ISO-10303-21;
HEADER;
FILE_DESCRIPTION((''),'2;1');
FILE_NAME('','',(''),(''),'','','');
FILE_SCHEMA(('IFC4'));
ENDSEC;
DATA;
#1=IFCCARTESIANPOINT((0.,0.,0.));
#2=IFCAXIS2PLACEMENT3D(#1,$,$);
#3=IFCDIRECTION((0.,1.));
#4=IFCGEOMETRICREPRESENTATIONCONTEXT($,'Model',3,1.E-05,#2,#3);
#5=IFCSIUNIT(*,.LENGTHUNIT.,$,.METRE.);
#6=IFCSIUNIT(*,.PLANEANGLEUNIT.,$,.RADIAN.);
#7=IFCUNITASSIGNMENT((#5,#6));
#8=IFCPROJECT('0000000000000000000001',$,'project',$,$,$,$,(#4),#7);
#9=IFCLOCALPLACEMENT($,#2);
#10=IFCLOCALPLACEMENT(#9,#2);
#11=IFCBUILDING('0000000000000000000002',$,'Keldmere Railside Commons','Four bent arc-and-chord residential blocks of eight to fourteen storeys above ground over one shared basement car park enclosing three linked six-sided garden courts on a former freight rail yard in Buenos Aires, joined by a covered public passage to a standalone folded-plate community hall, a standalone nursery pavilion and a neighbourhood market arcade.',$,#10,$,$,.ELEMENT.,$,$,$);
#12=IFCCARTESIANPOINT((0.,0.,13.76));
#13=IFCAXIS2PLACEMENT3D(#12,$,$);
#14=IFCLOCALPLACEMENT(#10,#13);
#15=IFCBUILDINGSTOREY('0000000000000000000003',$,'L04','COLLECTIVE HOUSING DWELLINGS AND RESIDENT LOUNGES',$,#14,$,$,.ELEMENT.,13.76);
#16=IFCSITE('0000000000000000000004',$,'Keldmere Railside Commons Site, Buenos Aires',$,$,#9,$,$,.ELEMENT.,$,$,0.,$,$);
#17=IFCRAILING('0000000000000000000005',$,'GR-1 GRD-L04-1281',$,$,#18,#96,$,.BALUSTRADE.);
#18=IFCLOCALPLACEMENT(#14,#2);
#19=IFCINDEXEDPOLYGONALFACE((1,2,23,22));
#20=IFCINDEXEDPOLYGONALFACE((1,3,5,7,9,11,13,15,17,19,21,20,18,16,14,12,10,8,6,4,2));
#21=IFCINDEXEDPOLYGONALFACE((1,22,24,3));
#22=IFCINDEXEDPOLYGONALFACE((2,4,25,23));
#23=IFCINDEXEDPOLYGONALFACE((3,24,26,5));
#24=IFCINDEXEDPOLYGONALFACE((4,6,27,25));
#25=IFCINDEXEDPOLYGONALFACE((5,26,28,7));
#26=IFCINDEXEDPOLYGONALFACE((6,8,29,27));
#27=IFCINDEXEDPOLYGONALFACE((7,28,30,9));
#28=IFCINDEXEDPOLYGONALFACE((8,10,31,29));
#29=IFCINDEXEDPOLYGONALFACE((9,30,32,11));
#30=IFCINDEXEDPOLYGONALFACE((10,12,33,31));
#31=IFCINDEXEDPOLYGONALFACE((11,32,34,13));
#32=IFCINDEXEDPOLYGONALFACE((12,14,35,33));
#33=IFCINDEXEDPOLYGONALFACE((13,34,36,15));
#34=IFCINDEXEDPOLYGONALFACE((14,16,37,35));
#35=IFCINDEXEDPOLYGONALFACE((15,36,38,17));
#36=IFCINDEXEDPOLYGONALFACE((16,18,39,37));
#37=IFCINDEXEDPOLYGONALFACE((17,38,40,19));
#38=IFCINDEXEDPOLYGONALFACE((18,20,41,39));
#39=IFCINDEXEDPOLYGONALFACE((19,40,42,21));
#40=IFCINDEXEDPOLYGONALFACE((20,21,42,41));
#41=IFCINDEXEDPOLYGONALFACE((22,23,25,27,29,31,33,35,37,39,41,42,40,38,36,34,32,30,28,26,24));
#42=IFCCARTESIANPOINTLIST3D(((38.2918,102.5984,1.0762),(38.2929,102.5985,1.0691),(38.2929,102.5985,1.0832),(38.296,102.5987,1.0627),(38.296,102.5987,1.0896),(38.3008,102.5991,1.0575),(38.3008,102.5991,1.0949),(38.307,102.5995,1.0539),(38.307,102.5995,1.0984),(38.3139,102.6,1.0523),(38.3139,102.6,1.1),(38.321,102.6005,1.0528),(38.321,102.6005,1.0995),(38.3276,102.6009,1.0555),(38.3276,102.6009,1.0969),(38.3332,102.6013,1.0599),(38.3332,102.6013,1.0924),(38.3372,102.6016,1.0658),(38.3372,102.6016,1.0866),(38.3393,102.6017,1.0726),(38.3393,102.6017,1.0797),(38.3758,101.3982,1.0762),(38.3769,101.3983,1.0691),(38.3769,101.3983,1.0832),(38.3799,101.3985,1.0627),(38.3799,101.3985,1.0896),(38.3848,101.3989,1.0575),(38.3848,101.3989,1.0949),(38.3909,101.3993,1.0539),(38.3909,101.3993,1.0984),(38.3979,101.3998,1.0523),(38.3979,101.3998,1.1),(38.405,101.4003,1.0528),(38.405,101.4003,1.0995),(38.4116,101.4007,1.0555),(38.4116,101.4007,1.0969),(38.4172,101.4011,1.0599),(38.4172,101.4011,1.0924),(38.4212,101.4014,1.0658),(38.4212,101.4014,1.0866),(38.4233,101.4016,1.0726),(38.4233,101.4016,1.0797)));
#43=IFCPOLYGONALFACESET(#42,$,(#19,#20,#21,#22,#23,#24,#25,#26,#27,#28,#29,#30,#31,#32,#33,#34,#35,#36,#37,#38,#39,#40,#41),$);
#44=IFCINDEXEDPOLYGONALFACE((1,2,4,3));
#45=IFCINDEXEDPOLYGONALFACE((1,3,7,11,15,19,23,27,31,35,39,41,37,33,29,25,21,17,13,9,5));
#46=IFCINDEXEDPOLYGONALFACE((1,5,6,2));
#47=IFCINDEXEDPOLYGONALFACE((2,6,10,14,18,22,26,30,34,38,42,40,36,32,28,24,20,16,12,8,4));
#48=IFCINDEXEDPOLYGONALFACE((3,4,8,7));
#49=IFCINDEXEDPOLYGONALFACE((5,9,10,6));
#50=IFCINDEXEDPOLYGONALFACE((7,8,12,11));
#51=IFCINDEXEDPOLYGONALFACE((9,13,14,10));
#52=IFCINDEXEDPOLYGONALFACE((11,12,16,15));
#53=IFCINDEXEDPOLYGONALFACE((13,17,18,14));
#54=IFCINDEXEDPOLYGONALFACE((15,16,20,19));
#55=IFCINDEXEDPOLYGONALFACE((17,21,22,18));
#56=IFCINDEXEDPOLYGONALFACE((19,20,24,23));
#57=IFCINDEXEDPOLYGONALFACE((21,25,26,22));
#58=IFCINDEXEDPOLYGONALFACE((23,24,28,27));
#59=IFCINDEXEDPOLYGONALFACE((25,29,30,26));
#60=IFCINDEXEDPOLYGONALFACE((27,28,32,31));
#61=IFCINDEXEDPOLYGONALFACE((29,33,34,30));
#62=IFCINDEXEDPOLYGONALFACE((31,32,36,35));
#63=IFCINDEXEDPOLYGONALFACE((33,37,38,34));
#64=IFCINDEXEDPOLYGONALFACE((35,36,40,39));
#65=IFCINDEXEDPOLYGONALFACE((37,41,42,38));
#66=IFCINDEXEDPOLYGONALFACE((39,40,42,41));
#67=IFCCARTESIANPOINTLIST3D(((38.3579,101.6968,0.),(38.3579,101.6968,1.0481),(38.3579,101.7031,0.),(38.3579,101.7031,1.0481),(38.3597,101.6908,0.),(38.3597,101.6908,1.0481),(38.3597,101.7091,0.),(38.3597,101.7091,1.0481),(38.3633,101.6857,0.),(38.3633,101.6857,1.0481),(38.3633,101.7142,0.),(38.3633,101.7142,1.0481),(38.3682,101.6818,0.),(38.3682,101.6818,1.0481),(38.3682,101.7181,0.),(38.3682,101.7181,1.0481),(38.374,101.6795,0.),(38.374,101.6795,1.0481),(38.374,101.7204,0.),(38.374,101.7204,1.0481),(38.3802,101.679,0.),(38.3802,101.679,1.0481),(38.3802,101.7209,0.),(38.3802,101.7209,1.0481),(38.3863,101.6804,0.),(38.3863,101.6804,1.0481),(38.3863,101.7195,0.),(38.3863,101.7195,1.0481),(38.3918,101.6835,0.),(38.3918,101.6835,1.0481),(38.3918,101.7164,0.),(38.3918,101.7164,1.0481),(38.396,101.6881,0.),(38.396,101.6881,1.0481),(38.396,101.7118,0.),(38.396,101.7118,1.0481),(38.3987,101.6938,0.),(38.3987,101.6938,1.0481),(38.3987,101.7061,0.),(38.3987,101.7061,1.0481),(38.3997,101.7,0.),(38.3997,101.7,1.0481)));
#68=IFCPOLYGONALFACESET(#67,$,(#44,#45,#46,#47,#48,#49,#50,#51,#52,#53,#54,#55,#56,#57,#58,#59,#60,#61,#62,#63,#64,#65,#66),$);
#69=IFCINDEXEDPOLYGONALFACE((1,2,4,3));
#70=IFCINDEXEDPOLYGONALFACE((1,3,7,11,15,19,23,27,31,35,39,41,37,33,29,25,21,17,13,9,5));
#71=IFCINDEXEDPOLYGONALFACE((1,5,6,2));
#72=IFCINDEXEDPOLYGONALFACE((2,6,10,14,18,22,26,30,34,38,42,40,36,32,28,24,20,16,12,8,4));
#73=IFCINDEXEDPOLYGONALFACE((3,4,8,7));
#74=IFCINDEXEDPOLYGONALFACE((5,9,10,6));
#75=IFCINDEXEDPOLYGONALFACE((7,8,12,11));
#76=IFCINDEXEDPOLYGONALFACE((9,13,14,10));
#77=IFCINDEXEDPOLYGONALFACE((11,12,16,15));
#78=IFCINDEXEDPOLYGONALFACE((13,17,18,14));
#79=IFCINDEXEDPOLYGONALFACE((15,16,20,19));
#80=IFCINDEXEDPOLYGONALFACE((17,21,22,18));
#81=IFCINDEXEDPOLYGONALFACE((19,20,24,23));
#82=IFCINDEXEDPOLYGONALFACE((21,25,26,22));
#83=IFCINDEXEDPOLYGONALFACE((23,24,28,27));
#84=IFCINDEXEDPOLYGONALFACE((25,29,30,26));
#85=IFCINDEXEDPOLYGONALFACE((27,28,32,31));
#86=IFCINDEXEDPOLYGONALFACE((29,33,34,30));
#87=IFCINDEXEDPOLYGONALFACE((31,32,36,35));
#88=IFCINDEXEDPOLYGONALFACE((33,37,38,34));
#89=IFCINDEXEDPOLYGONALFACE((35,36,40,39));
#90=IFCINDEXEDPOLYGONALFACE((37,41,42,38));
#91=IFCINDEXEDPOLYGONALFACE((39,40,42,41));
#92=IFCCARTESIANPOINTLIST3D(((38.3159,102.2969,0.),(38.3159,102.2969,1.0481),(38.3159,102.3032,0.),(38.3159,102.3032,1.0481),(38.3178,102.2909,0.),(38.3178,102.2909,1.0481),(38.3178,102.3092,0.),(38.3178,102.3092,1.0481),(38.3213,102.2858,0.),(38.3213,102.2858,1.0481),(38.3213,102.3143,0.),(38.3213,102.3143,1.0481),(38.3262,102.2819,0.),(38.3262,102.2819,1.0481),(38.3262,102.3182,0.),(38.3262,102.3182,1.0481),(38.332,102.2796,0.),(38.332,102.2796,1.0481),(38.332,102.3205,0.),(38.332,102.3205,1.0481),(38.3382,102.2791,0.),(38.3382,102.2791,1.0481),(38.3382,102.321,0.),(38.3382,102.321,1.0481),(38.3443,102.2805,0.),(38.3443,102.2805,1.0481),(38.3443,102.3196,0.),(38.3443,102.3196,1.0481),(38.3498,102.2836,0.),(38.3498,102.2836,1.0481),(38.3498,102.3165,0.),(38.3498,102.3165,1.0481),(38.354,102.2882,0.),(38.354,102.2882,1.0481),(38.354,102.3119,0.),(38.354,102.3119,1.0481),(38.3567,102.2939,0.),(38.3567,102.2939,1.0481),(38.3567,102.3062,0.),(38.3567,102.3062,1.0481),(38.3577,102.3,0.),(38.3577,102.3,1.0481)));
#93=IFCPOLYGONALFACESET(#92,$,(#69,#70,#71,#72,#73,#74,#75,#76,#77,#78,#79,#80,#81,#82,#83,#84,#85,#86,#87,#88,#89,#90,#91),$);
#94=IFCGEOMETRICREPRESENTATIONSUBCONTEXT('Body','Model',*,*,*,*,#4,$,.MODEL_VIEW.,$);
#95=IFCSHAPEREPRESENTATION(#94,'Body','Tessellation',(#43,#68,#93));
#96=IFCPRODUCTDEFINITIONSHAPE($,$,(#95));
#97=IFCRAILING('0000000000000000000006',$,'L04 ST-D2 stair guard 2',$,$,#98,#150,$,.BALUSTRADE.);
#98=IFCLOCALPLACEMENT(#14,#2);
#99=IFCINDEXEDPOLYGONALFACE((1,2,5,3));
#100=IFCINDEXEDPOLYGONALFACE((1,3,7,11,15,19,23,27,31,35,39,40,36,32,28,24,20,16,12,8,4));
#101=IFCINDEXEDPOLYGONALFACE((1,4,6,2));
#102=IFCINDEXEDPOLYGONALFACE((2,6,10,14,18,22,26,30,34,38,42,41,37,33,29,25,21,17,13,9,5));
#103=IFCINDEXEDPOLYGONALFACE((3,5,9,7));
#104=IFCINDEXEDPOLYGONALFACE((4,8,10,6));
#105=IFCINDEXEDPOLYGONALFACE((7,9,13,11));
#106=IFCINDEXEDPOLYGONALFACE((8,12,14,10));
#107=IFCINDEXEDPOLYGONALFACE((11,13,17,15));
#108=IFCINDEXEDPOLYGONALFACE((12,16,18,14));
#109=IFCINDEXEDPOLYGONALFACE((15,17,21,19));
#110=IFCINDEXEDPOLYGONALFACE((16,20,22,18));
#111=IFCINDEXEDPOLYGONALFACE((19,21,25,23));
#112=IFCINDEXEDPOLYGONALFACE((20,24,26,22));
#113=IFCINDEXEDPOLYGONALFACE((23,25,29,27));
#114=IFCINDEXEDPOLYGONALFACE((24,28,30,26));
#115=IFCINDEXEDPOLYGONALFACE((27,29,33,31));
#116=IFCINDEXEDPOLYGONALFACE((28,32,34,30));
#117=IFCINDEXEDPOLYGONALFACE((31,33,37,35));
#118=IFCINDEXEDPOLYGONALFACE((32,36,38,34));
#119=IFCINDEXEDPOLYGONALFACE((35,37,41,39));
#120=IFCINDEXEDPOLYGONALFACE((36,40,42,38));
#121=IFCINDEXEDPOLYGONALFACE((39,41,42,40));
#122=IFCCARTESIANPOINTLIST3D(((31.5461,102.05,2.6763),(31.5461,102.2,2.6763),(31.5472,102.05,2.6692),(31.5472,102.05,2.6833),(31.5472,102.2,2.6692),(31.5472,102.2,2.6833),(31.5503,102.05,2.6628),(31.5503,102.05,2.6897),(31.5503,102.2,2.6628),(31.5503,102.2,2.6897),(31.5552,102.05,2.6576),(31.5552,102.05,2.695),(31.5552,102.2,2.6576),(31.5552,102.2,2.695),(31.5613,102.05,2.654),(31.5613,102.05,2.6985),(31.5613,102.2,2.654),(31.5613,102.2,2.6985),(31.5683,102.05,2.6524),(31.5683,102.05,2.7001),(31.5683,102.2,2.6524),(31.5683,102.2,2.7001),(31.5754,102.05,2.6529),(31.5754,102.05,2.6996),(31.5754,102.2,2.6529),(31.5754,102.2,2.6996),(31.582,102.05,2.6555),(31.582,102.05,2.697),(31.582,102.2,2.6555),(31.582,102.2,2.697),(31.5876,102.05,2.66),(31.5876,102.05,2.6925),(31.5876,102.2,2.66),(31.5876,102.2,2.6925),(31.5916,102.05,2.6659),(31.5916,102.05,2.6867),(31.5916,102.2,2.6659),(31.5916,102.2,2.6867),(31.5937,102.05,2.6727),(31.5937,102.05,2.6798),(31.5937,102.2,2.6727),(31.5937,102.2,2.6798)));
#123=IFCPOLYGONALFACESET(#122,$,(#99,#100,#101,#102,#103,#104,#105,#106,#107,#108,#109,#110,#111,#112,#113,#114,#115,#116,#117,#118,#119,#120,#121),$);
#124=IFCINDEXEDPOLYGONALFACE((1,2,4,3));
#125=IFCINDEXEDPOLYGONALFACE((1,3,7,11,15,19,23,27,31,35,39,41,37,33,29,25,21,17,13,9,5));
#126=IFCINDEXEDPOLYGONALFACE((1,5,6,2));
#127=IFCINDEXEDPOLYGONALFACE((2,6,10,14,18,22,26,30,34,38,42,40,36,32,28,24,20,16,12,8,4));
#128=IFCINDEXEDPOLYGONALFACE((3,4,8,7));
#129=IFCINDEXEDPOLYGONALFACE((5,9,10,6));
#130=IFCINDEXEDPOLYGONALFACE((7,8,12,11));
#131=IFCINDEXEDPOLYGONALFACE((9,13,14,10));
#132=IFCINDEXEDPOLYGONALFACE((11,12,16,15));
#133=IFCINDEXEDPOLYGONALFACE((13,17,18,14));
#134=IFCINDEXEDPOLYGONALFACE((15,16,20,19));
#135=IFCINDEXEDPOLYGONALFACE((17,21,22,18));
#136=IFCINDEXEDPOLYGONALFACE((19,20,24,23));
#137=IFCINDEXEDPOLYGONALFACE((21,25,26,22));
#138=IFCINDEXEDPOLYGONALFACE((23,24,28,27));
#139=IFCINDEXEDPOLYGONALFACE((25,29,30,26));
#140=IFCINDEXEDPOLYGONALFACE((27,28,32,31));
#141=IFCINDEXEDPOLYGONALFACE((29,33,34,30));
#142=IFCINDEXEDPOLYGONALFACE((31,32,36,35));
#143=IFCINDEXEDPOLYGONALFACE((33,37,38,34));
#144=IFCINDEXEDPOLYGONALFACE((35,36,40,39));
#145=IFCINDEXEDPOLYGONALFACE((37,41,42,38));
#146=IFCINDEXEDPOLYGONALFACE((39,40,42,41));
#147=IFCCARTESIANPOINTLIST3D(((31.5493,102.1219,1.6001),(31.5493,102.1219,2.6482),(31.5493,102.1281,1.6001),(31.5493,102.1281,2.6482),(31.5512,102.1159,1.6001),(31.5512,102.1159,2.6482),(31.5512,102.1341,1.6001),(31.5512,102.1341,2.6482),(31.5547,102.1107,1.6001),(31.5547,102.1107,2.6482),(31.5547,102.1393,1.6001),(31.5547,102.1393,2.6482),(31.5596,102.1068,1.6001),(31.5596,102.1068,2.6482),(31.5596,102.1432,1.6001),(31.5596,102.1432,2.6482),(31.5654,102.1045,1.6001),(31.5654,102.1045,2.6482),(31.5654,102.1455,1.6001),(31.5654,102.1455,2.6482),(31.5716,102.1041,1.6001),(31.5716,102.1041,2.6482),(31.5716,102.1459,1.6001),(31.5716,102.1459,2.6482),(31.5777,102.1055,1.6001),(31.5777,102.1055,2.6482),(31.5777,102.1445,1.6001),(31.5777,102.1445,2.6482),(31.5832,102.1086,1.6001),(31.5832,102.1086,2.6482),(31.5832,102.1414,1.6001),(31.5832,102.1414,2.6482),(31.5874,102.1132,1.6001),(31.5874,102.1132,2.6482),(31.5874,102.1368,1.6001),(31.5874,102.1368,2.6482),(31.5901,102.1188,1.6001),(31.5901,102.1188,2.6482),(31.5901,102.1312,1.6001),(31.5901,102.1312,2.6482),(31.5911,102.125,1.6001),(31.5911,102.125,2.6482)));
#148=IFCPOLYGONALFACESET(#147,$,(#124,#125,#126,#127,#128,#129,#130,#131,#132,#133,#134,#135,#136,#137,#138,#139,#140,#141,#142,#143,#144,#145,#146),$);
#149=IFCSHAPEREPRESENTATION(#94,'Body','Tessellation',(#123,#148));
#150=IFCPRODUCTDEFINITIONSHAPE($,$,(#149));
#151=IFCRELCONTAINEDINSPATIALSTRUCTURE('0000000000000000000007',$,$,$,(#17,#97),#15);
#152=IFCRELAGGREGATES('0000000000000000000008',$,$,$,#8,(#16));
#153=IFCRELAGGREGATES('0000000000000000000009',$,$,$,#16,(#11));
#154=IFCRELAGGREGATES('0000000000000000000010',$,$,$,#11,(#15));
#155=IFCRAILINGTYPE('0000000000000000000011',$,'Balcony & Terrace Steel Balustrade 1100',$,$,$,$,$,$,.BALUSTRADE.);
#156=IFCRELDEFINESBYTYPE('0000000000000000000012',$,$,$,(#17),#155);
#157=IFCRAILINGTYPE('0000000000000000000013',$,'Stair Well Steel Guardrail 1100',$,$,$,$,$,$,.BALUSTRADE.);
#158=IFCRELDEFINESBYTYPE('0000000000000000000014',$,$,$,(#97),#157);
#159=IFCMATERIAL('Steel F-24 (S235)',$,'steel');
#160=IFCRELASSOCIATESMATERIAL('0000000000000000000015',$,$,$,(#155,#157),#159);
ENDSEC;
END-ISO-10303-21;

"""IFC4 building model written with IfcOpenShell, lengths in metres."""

from ifc_helpers import new_model, si_unit, direction, frame, origin, origin_2d, place, context, subcontext, project, spatial, circle, extrude, material, type_object, element, save


model = new_model("IFC4")

# Units and contexts
model_context = context("Model", 3, precision=1e-05, world=origin(), true_north=direction((0.0, 1.0)))
body_context = subcontext(model_context, "Body", "Model", "MODEL_VIEW")
ifc_project = project(units=[si_unit("LENGTHUNIT", "METRE"), si_unit("PLANEANGLEUNIT", "RADIAN")], contexts=[model_context])

# Site, building, storey
site_placement = place(None, origin())
site = spatial("IfcSite", under=ifc_project, at=site_placement, Name="Keldmere Railside Commons Site, Buenos Aires", CompositionType="ELEMENT", RefElevation=0.0)
building_placement = place(site_placement, origin())
building = spatial("IfcBuilding", under=site, at=building_placement, Name="Keldmere Railside Commons", Description="Four bent arc-and-chord residential blocks of eight to fourteen storeys above ground over one shared basement car park enclosing three linked six-sided garden courts on a former freight rail yard in Buenos Aires, joined by a covered public passage to a standalone folded-plate community hall, a standalone nursery pavilion and a neighbourhood market arcade.", CompositionType="ELEMENT")
storey_placement = place(building_placement, frame((0.0, 0.0, 13.76)))
storey = spatial("IfcBuildingStorey", under=building, at=storey_placement, Name="L04", Description="COLLECTIVE HOUSING DWELLINGS AND RESIDENT LOUNGES", CompositionType="ELEMENT", Elevation=13.76)

# Railings
ifc_material_1 = material(Name="Steel F-24 (S235)", Category="steel")
railing_type_1 = type_object("IfcRailingType", Name="Balcony & Terrace Steel Balustrade 1100", PredefinedType="BALUSTRADE", material=ifc_material_1)
railing_1_placement = place(storey_placement, frame((38.3997, 101.3999, 0.0)))
element("IfcRailing", 1, at=railing_1_placement, inside=storey, type_object=railing_type_1, Name="GR-1 GRD-L04-1281", PredefinedType="BALUSTRADE", context=body_context, shape_type="SweptSolid", body=[
    extrude(circle(Radius=0.0239, at=origin_2d()), frame((0.0, 0.0, 1.0762), z_axis=(-0.069805, 0.997561, 0.0), x_axis=(-0.997561, -0.069805, 0.0)), (0.0, 0.0, 1.0), 1.2031),
    extrude(circle(Radius=0.021, at=origin_2d()), frame((-0.021, 0.3, 0.0)), (0.0, 0.0, 1.0), 1.0481),
    extrude(circle(Radius=0.021, at=origin_2d()), frame((-0.063, 0.9001, 0.0)), (0.0, 0.0, 1.0), 1.0481),
])
railing_type_2 = type_object("IfcRailingType", Name="Stair Well Steel Guardrail 1100", PredefinedType="BALUSTRADE", material=ifc_material_1)
railing_2_placement = place(storey_placement, frame((31.5701, 102.05, 1.6001)))
element("IfcRailing", 2, at=railing_2_placement, inside=storey, type_object=railing_type_2, Name="L04 ST-D2 stair guard 2", PredefinedType="BALUSTRADE", context=body_context, shape_type="SweptSolid", body=[
    extrude(circle(Radius=0.0239, at=origin_2d()), frame((0.0, 0.0, 1.0762), z_axis=(0.0, 1.0, 0.0), x_axis=(-1.0, 0.0, 0.0)), (0.0, 0.0, 1.0), 0.1499),
    extrude(circle(Radius=0.021, at=origin_2d()), frame((0.0, 0.075, 0.0)), (0.0, 0.0, 1.0), 1.0481),
])

save(model, "model.ifc")
